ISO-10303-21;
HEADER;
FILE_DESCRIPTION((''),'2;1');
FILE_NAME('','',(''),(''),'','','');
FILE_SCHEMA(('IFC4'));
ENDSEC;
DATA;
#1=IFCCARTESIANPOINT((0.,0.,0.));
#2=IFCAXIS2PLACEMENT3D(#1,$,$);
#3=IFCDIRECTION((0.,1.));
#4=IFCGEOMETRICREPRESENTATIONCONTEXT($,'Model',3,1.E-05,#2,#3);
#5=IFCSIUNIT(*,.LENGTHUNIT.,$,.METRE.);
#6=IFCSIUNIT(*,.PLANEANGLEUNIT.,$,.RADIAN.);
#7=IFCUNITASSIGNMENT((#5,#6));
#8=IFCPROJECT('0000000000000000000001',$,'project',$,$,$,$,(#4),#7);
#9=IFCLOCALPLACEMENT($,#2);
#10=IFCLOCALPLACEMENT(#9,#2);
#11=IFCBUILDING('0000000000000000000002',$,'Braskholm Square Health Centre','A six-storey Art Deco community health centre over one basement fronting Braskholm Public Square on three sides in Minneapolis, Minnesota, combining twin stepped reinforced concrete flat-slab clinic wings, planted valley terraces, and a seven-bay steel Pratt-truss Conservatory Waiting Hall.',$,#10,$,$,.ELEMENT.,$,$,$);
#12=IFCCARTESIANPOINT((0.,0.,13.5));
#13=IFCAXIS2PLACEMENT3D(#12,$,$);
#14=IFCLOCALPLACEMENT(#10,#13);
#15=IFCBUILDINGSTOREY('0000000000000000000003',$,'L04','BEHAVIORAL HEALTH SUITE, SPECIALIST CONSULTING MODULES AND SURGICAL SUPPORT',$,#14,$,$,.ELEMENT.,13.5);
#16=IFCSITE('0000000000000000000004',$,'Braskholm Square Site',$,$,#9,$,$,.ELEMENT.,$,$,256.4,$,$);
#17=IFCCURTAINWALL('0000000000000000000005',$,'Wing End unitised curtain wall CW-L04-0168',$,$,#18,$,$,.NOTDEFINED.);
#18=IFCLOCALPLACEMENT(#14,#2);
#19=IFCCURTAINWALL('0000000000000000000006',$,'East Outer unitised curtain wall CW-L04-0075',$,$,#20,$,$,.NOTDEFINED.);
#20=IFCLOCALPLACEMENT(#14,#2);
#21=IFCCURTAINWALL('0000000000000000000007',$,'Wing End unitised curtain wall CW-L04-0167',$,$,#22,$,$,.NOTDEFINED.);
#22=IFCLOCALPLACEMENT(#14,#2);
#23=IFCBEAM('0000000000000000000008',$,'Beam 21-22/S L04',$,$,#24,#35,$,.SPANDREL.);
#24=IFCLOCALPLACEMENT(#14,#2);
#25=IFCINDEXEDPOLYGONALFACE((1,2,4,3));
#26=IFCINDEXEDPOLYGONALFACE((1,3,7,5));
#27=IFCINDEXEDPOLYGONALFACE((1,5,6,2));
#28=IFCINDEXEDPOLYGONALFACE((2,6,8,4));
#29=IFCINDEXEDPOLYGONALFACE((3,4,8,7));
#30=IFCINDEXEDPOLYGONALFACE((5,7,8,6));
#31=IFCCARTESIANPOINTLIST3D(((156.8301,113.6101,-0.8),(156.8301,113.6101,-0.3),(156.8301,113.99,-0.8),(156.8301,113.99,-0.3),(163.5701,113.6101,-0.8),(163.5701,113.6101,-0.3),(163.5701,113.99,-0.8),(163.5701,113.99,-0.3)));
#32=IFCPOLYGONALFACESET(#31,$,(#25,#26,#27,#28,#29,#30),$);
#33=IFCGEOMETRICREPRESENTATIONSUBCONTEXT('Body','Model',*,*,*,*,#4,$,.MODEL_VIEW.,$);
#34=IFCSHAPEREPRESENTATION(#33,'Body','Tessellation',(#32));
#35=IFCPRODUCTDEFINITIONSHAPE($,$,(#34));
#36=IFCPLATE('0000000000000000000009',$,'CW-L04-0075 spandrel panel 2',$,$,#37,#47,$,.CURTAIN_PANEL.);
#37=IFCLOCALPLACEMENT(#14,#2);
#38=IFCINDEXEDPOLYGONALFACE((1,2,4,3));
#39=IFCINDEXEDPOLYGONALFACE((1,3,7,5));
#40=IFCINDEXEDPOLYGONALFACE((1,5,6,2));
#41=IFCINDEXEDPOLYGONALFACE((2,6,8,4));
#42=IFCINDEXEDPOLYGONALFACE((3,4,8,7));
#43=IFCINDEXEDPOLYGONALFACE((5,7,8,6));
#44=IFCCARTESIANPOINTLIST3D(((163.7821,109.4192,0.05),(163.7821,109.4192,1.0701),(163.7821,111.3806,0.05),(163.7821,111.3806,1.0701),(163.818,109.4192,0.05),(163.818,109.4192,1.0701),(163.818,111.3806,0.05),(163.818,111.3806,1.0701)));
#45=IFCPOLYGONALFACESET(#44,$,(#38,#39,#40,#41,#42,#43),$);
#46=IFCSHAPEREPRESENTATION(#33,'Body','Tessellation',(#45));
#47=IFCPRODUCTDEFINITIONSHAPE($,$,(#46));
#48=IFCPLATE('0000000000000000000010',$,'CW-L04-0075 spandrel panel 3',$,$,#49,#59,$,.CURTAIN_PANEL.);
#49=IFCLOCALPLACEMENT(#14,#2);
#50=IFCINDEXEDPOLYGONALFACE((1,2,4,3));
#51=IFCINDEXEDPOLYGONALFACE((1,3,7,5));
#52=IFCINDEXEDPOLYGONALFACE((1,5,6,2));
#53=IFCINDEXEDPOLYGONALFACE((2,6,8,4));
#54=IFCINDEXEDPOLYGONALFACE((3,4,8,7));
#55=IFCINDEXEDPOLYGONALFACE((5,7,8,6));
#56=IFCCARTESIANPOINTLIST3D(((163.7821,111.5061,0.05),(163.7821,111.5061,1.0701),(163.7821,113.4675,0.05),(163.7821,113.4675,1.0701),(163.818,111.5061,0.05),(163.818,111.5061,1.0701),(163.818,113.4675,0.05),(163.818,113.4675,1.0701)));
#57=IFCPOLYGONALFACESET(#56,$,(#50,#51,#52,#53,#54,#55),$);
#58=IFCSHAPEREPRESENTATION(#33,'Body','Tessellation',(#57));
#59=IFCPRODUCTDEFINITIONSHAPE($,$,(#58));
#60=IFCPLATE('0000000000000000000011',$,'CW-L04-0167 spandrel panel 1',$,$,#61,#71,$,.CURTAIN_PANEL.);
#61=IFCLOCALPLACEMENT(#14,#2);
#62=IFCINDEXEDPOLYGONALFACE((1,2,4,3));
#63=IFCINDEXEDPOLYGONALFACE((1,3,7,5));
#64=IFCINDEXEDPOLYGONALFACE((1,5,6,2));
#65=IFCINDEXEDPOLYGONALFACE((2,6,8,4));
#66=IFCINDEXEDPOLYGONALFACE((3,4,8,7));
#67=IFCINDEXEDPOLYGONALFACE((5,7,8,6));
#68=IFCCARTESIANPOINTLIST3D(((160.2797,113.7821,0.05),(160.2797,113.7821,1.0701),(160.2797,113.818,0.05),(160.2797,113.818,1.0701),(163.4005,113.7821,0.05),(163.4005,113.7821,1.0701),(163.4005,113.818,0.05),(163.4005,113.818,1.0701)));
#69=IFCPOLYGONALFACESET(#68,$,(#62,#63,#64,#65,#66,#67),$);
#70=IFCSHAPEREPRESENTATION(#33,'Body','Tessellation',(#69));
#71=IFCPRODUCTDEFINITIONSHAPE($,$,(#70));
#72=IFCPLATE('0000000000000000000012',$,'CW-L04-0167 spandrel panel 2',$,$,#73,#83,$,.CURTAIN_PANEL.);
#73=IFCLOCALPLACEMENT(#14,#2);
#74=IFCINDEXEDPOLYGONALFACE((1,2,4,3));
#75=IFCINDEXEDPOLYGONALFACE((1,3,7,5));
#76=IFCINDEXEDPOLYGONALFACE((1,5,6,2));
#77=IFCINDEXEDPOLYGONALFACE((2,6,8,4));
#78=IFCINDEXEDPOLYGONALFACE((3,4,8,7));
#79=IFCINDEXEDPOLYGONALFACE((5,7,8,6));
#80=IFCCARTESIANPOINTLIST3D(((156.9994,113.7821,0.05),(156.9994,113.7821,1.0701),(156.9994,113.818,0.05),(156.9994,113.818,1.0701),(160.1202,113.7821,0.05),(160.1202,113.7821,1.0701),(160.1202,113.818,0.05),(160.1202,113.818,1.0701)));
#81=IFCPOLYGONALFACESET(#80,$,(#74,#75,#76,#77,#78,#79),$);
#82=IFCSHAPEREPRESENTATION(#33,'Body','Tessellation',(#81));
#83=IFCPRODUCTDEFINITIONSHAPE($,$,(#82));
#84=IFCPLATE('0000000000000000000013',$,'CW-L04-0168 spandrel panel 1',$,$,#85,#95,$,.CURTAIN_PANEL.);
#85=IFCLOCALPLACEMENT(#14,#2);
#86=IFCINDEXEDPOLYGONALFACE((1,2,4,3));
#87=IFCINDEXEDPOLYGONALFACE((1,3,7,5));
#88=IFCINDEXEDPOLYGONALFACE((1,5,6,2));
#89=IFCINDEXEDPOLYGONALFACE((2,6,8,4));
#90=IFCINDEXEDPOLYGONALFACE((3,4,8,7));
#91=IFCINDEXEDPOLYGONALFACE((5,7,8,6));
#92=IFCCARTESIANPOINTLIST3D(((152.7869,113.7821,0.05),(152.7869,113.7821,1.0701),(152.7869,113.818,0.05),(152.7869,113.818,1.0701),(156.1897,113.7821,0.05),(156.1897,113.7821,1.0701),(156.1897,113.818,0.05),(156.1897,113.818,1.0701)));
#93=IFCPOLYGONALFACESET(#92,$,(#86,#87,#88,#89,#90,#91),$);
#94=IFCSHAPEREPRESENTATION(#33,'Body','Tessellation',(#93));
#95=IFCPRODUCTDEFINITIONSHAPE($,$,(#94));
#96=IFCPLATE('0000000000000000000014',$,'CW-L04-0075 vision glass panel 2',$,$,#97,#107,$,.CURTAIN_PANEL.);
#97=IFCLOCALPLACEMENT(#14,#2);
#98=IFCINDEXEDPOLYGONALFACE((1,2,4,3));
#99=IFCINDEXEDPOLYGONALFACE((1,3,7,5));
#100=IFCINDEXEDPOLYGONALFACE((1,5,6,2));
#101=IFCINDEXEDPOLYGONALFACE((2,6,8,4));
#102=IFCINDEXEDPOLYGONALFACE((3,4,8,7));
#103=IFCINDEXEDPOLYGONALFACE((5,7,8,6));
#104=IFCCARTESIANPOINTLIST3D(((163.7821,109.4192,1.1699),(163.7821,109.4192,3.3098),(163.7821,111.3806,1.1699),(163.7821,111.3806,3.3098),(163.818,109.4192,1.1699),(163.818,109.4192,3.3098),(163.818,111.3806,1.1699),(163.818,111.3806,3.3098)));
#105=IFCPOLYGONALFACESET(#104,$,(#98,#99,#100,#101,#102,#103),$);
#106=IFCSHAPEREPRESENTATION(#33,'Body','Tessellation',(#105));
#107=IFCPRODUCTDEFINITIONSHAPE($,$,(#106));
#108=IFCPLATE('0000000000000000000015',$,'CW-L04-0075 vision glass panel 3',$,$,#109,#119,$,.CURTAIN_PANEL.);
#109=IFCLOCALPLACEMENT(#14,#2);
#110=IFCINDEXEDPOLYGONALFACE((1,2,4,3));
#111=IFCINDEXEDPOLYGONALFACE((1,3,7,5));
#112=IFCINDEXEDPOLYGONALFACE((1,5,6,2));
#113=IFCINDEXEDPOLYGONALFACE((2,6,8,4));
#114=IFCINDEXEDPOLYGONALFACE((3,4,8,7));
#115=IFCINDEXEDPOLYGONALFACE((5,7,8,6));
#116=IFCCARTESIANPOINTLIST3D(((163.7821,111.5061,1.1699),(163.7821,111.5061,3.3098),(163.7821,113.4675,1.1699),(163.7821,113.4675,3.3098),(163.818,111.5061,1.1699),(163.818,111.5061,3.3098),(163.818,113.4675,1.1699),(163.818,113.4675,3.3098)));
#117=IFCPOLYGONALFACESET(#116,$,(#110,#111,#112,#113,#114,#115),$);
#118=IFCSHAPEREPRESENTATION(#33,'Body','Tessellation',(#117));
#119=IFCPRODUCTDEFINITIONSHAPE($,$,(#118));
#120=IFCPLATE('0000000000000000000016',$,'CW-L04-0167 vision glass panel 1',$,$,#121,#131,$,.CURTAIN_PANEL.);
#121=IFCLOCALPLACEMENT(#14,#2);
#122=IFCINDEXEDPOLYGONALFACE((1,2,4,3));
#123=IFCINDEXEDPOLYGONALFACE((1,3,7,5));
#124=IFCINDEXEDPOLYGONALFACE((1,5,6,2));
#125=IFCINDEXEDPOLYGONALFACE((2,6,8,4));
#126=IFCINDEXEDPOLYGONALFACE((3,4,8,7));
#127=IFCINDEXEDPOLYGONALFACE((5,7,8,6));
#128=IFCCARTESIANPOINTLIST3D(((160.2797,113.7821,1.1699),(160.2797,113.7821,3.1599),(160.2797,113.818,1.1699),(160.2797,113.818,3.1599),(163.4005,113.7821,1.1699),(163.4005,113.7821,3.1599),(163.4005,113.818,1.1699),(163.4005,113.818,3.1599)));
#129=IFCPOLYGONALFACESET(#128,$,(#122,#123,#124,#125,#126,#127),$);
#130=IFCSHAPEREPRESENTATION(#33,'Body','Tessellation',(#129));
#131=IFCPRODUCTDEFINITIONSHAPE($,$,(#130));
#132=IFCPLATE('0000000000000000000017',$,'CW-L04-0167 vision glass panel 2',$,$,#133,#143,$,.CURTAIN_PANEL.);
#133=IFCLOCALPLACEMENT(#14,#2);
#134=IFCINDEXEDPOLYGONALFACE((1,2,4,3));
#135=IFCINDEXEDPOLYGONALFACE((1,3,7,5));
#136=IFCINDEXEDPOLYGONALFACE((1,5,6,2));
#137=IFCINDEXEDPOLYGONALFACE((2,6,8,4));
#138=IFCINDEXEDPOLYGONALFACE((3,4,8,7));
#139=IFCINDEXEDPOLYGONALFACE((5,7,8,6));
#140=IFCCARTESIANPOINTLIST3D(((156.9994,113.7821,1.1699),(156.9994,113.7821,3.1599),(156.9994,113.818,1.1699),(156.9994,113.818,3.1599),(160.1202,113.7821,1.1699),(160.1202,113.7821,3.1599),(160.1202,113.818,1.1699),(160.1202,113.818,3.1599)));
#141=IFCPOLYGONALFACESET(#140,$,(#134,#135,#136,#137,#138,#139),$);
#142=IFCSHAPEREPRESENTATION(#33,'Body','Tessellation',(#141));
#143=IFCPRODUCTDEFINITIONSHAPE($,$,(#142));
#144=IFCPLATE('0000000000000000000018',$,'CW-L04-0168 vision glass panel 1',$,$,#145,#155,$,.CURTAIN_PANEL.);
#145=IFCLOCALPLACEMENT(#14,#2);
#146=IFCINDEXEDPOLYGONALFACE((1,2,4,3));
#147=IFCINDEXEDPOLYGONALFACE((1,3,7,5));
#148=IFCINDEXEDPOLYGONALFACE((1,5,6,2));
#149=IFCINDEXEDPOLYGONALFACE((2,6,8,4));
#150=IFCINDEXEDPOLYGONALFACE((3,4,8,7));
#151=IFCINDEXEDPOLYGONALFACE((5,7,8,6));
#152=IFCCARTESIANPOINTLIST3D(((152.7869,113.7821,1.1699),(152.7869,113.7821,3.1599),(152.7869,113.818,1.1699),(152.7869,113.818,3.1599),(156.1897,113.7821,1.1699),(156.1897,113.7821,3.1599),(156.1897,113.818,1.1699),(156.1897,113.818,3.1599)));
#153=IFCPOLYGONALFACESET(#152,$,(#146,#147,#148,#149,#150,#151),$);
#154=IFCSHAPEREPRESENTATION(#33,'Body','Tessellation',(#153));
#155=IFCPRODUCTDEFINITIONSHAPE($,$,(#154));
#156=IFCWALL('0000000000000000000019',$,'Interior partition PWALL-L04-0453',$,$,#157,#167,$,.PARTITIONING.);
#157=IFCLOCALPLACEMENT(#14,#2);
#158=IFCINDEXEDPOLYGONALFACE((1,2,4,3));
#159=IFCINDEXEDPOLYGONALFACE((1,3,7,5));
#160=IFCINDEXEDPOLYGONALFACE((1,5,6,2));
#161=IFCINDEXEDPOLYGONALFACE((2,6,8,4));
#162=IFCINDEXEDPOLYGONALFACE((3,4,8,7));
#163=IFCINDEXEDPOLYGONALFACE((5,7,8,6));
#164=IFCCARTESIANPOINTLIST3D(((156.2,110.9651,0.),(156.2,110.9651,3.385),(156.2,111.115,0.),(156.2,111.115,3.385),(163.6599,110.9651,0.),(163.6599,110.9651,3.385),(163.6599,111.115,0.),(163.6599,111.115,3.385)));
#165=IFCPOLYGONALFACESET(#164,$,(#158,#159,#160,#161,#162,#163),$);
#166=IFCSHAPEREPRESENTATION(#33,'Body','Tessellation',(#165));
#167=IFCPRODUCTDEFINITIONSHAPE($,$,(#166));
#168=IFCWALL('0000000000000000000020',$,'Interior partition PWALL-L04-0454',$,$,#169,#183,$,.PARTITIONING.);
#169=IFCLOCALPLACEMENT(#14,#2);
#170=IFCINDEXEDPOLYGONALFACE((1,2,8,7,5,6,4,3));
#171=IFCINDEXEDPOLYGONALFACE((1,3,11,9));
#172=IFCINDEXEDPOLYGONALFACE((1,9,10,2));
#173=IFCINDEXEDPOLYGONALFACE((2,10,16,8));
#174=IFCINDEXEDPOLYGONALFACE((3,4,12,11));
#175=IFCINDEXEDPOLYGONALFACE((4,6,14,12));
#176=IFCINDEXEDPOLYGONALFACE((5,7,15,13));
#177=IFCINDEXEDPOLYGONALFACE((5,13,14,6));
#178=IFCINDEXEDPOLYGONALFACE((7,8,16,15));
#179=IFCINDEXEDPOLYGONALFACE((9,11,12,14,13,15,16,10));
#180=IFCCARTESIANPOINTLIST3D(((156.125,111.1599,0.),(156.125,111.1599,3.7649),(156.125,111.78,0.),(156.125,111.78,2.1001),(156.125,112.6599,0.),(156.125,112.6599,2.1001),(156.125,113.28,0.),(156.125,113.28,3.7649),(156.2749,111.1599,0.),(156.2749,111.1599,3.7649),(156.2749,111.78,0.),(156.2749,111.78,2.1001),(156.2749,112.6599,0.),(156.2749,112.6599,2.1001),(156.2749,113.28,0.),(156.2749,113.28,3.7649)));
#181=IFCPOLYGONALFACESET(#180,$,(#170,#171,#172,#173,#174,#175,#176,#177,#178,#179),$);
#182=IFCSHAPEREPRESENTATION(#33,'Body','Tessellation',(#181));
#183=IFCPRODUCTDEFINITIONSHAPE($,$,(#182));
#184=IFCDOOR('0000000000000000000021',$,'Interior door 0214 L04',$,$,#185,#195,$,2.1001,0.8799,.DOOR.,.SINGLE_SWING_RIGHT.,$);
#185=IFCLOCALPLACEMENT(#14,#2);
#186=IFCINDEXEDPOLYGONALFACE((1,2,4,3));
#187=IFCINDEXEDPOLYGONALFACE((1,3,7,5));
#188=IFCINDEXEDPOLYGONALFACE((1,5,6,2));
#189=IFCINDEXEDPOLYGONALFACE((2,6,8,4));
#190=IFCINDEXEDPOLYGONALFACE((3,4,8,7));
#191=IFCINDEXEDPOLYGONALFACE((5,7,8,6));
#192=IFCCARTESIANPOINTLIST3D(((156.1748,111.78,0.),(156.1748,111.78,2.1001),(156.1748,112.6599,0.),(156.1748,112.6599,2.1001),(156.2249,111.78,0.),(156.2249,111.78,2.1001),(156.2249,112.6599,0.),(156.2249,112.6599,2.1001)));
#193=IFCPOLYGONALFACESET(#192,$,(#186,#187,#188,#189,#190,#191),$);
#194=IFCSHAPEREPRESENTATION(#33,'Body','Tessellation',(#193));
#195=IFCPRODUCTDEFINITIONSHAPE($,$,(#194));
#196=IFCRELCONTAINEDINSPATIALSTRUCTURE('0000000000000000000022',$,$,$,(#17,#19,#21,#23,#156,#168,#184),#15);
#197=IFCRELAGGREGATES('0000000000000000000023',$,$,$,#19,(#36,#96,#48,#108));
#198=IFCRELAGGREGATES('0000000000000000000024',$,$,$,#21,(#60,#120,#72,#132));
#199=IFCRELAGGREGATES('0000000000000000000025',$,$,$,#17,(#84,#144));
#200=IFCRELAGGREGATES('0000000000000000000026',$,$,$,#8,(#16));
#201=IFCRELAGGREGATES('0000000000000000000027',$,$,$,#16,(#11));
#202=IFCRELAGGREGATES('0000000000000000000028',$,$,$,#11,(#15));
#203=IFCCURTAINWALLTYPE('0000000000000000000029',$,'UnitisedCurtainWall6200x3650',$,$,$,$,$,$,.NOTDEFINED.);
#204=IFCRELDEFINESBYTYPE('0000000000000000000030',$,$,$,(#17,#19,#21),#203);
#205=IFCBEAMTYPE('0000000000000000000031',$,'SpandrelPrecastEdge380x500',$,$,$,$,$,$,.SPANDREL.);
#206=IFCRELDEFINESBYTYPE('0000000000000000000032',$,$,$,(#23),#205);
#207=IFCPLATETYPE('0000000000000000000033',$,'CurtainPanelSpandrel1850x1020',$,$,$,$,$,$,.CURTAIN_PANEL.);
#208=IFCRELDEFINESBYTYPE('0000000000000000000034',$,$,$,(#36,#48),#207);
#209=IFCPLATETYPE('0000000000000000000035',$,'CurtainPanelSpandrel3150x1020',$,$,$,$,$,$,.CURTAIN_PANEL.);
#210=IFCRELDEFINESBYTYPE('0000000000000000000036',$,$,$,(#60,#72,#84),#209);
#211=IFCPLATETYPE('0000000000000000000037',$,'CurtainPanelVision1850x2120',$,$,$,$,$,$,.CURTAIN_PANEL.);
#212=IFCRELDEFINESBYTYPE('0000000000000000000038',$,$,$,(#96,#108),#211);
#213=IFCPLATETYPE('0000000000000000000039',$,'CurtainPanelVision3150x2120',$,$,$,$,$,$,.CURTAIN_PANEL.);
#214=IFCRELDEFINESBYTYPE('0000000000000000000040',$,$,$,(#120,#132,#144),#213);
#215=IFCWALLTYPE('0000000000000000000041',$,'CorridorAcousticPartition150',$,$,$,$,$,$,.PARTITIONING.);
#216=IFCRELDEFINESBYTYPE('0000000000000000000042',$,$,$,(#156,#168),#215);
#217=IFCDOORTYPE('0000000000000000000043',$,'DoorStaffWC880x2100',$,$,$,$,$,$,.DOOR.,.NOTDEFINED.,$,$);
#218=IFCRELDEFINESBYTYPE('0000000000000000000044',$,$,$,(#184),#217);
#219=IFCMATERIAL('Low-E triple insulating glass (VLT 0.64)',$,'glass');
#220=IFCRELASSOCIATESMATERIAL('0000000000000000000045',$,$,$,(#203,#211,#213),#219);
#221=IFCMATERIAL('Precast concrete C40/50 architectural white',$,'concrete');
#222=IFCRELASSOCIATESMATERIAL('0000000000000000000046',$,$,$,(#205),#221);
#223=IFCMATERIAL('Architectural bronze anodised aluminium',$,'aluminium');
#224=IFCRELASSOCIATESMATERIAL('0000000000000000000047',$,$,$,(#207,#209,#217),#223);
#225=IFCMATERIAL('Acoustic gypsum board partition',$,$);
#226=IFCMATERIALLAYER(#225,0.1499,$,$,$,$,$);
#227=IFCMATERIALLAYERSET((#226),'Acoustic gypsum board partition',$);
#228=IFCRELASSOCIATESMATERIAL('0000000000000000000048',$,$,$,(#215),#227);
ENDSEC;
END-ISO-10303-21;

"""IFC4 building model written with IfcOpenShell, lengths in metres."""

from ifc_helpers import new_model, si_unit, direction, frame, frame_2d, origin, origin_2d, place, context, subcontext, project, spatial, rectangle, extrude, material, layer, layer_set, material_profile, profile_set, type_object, element, fill, aggregate, save


model = new_model("IFC4")

# Units and contexts
model_context = context("Model", 3, precision=1e-05, world=origin(), true_north=direction((0.0, 1.0)))
body_context = subcontext(model_context, "Body", "Model", "MODEL_VIEW")
ifc_project = project(units=[si_unit("LENGTHUNIT", "METRE"), si_unit("PLANEANGLEUNIT", "RADIAN")], contexts=[model_context])

# Site, building, storey
site_placement = place(None, origin())
site = spatial("IfcSite", under=ifc_project, at=site_placement, Name="Braskholm Square Site", CompositionType="ELEMENT", RefElevation=256.4)
building_placement = place(site_placement, origin())
building = spatial("IfcBuilding", under=site, at=building_placement, Name="Braskholm Square Health Centre", Description="A six-storey Art Deco community health centre over one basement fronting Braskholm Public Square on three sides in Minneapolis, Minnesota, combining twin stepped reinforced concrete flat-slab clinic wings, planted valley terraces, and a seven-bay steel Pratt-truss Conservatory Waiting Hall.", CompositionType="ELEMENT")
storey_placement = place(building_placement, frame((0.0, 0.0, 13.5)))
storey = spatial("IfcBuildingStorey", under=building, at=storey_placement, Name="L04", Description="BEHAVIORAL HEALTH SUITE, SPECIALIST CONSULTING MODULES AND SURGICAL SUPPORT", CompositionType="ELEMENT", Elevation=13.5)

# Shared definitions
ifc_material_1 = material(Name="Precast concrete C40/50 architectural white", Category="concrete")

# Curtain walls
ifc_material_2 = material(Name="Low-E triple insulating glass (VLT 0.64)", Category="glass")
curtain_wall_type = type_object("IfcCurtainWallType", Name="UnitisedCurtainWall6200x3650", PredefinedType="NOTDEFINED", material=ifc_material_2)
curtain_wall_1_placement = place(storey_placement, origin())
curtain_wall_1 = element("IfcCurtainWall", 1, at=curtain_wall_1_placement, inside=storey, type_object=curtain_wall_type, Name="Wing End unitised curtain wall CW-L04-0168", PredefinedType="NOTDEFINED")
ifc_material_3 = material(Name="Architectural bronze anodised aluminium", Category="aluminium")
curtain_wall_2_placement = place(storey_placement, origin())
curtain_wall_2 = element("IfcCurtainWall", 2, at=curtain_wall_2_placement, inside=storey, type_object=curtain_wall_type, Name="East Outer unitised curtain wall CW-L04-0075", PredefinedType="NOTDEFINED")
curtain_wall_3_placement = place(storey_placement, origin())
curtain_wall_3 = element("IfcCurtainWall", 3, at=curtain_wall_3_placement, inside=storey, type_object=curtain_wall_type, Name="Wing End unitised curtain wall CW-L04-0167", PredefinedType="NOTDEFINED")

# Beam
ifc_material_profile_1 = material_profile(ifc_material_1, rectangle(XDim=0.3799, YDim=0.5, at=origin_2d()), Name="RCB-380X500")
ifc_profile_set_1 = profile_set([ifc_material_profile_1], Name="Precast concrete C40/50 architectural white")
beam_type = type_object("IfcBeamType", Name="SpandrelPrecastEdge380x500", PredefinedType="SPANDREL", material=ifc_profile_set_1)
beam_placement = place(storey_placement, frame((156.8301, 113.8, -0.55), z_axis=(1.0, 0.0, 0.0), x_axis=(0.0, 1.0, 0.0)))
element("IfcBeam", 4, at=beam_placement, inside=storey, type_object=beam_type, Name="Beam 21-22/S L04", PredefinedType="SPANDREL", context=body_context, shape_type="SweptSolid", body=[
    extrude(rectangle(XDim=0.3799, YDim=0.5, at=origin_2d()), origin(), (0.0, 0.0, 1.0), 6.74),
])

# Plates
plate_type_1 = type_object("IfcPlateType", Name="CurtainPanelSpandrel1850x1020", PredefinedType="CURTAIN_PANEL", material=ifc_material_3)
plate_1_placement = place(storey_placement, frame((163.8, 110.3999, 0.05), z_axis=(0.0, 0.0, 1.0), x_axis=(0.0, 1.0, 0.0)))
plate_1 = element("IfcPlate", 5, at=plate_1_placement, type_object=plate_type_1, Name="CW-L04-0075 spandrel panel 2", PredefinedType="CURTAIN_PANEL", context=body_context, shape_type="SweptSolid", body=[
    extrude(rectangle(XDim=1.9614, YDim=0.0359, at=origin_2d()), origin(), (0.0, 0.0, 1.0), 1.02),
])
plate_2_placement = place(storey_placement, frame((163.8, 112.4868, 0.05), z_axis=(0.0, 0.0, 1.0), x_axis=(0.0, 1.0, 0.0)))
plate_2 = element("IfcPlate", 6, at=plate_2_placement, type_object=plate_type_1, Name="CW-L04-0075 spandrel panel 3", PredefinedType="CURTAIN_PANEL", context=body_context, shape_type="SweptSolid", body=[
    extrude(rectangle(XDim=1.9614, YDim=0.0359, at=origin_2d()), origin(), (0.0, 0.0, 1.0), 1.02),
])
plate_type_2 = type_object("IfcPlateType", Name="CurtainPanelSpandrel3150x1020", PredefinedType="CURTAIN_PANEL", material=ifc_material_3)
plate_3_placement = place(storey_placement, frame((161.8401, 113.8, 0.05), z_axis=(0.0, 0.0, 1.0), x_axis=(-1.0, 0.0, 0.0)))
plate_3 = element("IfcPlate", 7, at=plate_3_placement, type_object=plate_type_2, Name="CW-L04-0167 spandrel panel 1", PredefinedType="CURTAIN_PANEL", context=body_context, shape_type="SweptSolid", body=[
    extrude(rectangle(XDim=3.1208, YDim=0.0359, at=origin_2d()), origin(), (0.0, 0.0, 1.0), 1.02),
])
plate_4_placement = place(storey_placement, frame((158.5598, 113.8, 0.05), z_axis=(0.0, 0.0, 1.0), x_axis=(-1.0, 0.0, 0.0)))
plate_4 = element("IfcPlate", 8, at=plate_4_placement, type_object=plate_type_2, Name="CW-L04-0167 spandrel panel 2", PredefinedType="CURTAIN_PANEL", context=body_context, shape_type="SweptSolid", body=[
    extrude(rectangle(XDim=3.1208, YDim=0.0359, at=origin_2d()), origin(), (0.0, 0.0, 1.0), 1.02),
])
plate_5_placement = place(storey_placement, frame((154.4883, 113.8, 0.05), z_axis=(0.0, 0.0, 1.0), x_axis=(-1.0, 0.0, 0.0)))
plate_5 = element("IfcPlate", 9, at=plate_5_placement, type_object=plate_type_2, Name="CW-L04-0168 spandrel panel 1", PredefinedType="CURTAIN_PANEL", context=body_context, shape_type="SweptSolid", body=[
    extrude(rectangle(XDim=3.4028, YDim=0.0359, at=origin_2d()), origin(), (0.0, 0.0, 1.0), 1.02),
])
plate_type_3 = type_object("IfcPlateType", Name="CurtainPanelVision1850x2120", PredefinedType="CURTAIN_PANEL", material=ifc_material_2)
plate_6_placement = place(storey_placement, frame((163.8, 110.3999, 1.1699), z_axis=(0.0, 0.0, 1.0), x_axis=(0.0, 1.0, 0.0)))
plate_6 = element("IfcPlate", 10, at=plate_6_placement, type_object=plate_type_3, Name="CW-L04-0075 vision glass panel 2", PredefinedType="CURTAIN_PANEL", context=body_context, shape_type="SweptSolid", body=[
    extrude(rectangle(XDim=1.9614, YDim=0.0359, at=origin_2d()), origin(), (0.0, 0.0, 1.0), 2.1399),
])
plate_7_placement = place(storey_placement, frame((163.8, 112.4868, 1.1699), z_axis=(0.0, 0.0, 1.0), x_axis=(0.0, 1.0, 0.0)))
plate_7 = element("IfcPlate", 11, at=plate_7_placement, type_object=plate_type_3, Name="CW-L04-0075 vision glass panel 3", PredefinedType="CURTAIN_PANEL", context=body_context, shape_type="SweptSolid", body=[
    extrude(rectangle(XDim=1.9614, YDim=0.0359, at=origin_2d()), origin(), (0.0, 0.0, 1.0), 2.1399),
])
aggregate(curtain_wall_2, [plate_1, plate_6, plate_2, plate_7])
plate_type_4 = type_object("IfcPlateType", Name="CurtainPanelVision3150x2120", PredefinedType="CURTAIN_PANEL", material=ifc_material_2)
plate_8_placement = place(storey_placement, frame((161.8401, 113.8, 1.1699), z_axis=(0.0, 0.0, 1.0), x_axis=(-1.0, 0.0, 0.0)))
plate_8 = element("IfcPlate", 12, at=plate_8_placement, type_object=plate_type_4, Name="CW-L04-0167 vision glass panel 1", PredefinedType="CURTAIN_PANEL", context=body_context, shape_type="SweptSolid", body=[
    extrude(rectangle(XDim=3.1208, YDim=0.0359, at=origin_2d()), origin(), (0.0, 0.0, 1.0), 1.99),
])
plate_9_placement = place(storey_placement, frame((158.5598, 113.8, 1.1699), z_axis=(0.0, 0.0, 1.0), x_axis=(-1.0, 0.0, 0.0)))
plate_9 = element("IfcPlate", 13, at=plate_9_placement, type_object=plate_type_4, Name="CW-L04-0167 vision glass panel 2", PredefinedType="CURTAIN_PANEL", context=body_context, shape_type="SweptSolid", body=[
    extrude(rectangle(XDim=3.1208, YDim=0.0359, at=origin_2d()), origin(), (0.0, 0.0, 1.0), 1.99),
])
aggregate(curtain_wall_3, [plate_3, plate_8, plate_4, plate_9])
plate_10_placement = place(storey_placement, frame((154.4883, 113.8, 1.1699), z_axis=(0.0, 0.0, 1.0), x_axis=(-1.0, 0.0, 0.0)))
plate_10 = element("IfcPlate", 14, at=plate_10_placement, type_object=plate_type_4, Name="CW-L04-0168 vision glass panel 1", PredefinedType="CURTAIN_PANEL", context=body_context, shape_type="SweptSolid", body=[
    extrude(rectangle(XDim=3.4028, YDim=0.0359, at=origin_2d()), origin(), (0.0, 0.0, 1.0), 1.99),
])
aggregate(curtain_wall_1, [plate_5, plate_10])

# Wall
ifc_material_4 = material(Name="Acoustic gypsum board partition")
ifc_layer_1 = layer(ifc_material_4, 0.1499)
ifc_layer_set_1 = layer_set([ifc_layer_1], Name="Acoustic gypsum board partition")
wall_type = type_object("IfcWallType", Name="CorridorAcousticPartition150", PredefinedType="PARTITIONING", material=ifc_layer_set_1)
wall_1_placement = place(storey_placement, frame((156.2, 111.04, 0.0), z_axis=(0.0, 0.0, 1.0), x_axis=(1.0, 0.0, 0.0)))
element("IfcWall", 15, at=wall_1_placement, inside=storey, type_object=wall_type, Name="Interior partition PWALL-L04-0453", PredefinedType="PARTITIONING", context=body_context, shape_type="SweptSolid", body=[
    extrude(rectangle(XDim=7.46, YDim=0.1499, at=frame_2d((3.73, 0.0))), origin(), (0.0, 0.0, 1.0), 3.385),
])

# Wall, opening, door
wall_2_placement = place(storey_placement, frame((156.2, 111.1599, 0.0), z_axis=(0.0, 0.0, 1.0), x_axis=(0.0, 1.0, 0.0)))
wall_2 = element("IfcWall", 16, at=wall_2_placement, inside=storey, type_object=wall_type, Name="Interior partition PWALL-L04-0454", PredefinedType="PARTITIONING", context=body_context, shape_type="SweptSolid", body=[
    extrude(rectangle(XDim=2.1201, YDim=0.1499, at=frame_2d((1.0601, 0.0))), origin(), (0.0, 0.0, 1.0), 3.7649),
])
opening_placement = place(wall_2_placement, frame((0.6201, 0.0, 0.0)))
opening = element("IfcOpeningElement", 17, at=opening_placement, cuts=wall_2, PredefinedType="OPENING", context=body_context, shape_type="SweptSolid", body=[
    extrude(rectangle(XDim=0.8799, YDim=2.1001, at=frame_2d((0.4399, 1.05))), frame((0.0, 0.085, 0.0), z_axis=(0.0, -1.0, 0.0), x_axis=(1.0, 0.0, 0.0)), (0.0, 0.0, 1.0), 0.1699),
])
door_type = type_object("IfcDoorType", Name="DoorStaffWC880x2100", OperationType="NOTDEFINED", PredefinedType="DOOR", material=ifc_material_3)
door_placement = place(opening_placement, frame((0.8799, 0.0, 0.0), z_axis=(0.0, 0.0, 1.0), x_axis=(-1.0, 0.0, 0.0)))
door = element("IfcDoor", 18, at=door_placement, inside=storey, type_object=door_type, Name="Interior door 0214 L04", OperationType="SINGLE_SWING_RIGHT", OverallHeight=2.1001, OverallWidth=0.8799, PredefinedType="DOOR", context=body_context, shape_type="SweptSolid", body=[
    extrude(rectangle(XDim=0.8799, YDim=2.1001, at=frame_2d((0.4399, 1.05))), frame((0.0, 0.0249, 0.0), z_axis=(0.0, -1.0, 0.0), x_axis=(1.0, 0.0, 0.0)), (0.0, 0.0, 1.0), 0.05),
])
fill(opening, door)

save(model, "model.ifc")
